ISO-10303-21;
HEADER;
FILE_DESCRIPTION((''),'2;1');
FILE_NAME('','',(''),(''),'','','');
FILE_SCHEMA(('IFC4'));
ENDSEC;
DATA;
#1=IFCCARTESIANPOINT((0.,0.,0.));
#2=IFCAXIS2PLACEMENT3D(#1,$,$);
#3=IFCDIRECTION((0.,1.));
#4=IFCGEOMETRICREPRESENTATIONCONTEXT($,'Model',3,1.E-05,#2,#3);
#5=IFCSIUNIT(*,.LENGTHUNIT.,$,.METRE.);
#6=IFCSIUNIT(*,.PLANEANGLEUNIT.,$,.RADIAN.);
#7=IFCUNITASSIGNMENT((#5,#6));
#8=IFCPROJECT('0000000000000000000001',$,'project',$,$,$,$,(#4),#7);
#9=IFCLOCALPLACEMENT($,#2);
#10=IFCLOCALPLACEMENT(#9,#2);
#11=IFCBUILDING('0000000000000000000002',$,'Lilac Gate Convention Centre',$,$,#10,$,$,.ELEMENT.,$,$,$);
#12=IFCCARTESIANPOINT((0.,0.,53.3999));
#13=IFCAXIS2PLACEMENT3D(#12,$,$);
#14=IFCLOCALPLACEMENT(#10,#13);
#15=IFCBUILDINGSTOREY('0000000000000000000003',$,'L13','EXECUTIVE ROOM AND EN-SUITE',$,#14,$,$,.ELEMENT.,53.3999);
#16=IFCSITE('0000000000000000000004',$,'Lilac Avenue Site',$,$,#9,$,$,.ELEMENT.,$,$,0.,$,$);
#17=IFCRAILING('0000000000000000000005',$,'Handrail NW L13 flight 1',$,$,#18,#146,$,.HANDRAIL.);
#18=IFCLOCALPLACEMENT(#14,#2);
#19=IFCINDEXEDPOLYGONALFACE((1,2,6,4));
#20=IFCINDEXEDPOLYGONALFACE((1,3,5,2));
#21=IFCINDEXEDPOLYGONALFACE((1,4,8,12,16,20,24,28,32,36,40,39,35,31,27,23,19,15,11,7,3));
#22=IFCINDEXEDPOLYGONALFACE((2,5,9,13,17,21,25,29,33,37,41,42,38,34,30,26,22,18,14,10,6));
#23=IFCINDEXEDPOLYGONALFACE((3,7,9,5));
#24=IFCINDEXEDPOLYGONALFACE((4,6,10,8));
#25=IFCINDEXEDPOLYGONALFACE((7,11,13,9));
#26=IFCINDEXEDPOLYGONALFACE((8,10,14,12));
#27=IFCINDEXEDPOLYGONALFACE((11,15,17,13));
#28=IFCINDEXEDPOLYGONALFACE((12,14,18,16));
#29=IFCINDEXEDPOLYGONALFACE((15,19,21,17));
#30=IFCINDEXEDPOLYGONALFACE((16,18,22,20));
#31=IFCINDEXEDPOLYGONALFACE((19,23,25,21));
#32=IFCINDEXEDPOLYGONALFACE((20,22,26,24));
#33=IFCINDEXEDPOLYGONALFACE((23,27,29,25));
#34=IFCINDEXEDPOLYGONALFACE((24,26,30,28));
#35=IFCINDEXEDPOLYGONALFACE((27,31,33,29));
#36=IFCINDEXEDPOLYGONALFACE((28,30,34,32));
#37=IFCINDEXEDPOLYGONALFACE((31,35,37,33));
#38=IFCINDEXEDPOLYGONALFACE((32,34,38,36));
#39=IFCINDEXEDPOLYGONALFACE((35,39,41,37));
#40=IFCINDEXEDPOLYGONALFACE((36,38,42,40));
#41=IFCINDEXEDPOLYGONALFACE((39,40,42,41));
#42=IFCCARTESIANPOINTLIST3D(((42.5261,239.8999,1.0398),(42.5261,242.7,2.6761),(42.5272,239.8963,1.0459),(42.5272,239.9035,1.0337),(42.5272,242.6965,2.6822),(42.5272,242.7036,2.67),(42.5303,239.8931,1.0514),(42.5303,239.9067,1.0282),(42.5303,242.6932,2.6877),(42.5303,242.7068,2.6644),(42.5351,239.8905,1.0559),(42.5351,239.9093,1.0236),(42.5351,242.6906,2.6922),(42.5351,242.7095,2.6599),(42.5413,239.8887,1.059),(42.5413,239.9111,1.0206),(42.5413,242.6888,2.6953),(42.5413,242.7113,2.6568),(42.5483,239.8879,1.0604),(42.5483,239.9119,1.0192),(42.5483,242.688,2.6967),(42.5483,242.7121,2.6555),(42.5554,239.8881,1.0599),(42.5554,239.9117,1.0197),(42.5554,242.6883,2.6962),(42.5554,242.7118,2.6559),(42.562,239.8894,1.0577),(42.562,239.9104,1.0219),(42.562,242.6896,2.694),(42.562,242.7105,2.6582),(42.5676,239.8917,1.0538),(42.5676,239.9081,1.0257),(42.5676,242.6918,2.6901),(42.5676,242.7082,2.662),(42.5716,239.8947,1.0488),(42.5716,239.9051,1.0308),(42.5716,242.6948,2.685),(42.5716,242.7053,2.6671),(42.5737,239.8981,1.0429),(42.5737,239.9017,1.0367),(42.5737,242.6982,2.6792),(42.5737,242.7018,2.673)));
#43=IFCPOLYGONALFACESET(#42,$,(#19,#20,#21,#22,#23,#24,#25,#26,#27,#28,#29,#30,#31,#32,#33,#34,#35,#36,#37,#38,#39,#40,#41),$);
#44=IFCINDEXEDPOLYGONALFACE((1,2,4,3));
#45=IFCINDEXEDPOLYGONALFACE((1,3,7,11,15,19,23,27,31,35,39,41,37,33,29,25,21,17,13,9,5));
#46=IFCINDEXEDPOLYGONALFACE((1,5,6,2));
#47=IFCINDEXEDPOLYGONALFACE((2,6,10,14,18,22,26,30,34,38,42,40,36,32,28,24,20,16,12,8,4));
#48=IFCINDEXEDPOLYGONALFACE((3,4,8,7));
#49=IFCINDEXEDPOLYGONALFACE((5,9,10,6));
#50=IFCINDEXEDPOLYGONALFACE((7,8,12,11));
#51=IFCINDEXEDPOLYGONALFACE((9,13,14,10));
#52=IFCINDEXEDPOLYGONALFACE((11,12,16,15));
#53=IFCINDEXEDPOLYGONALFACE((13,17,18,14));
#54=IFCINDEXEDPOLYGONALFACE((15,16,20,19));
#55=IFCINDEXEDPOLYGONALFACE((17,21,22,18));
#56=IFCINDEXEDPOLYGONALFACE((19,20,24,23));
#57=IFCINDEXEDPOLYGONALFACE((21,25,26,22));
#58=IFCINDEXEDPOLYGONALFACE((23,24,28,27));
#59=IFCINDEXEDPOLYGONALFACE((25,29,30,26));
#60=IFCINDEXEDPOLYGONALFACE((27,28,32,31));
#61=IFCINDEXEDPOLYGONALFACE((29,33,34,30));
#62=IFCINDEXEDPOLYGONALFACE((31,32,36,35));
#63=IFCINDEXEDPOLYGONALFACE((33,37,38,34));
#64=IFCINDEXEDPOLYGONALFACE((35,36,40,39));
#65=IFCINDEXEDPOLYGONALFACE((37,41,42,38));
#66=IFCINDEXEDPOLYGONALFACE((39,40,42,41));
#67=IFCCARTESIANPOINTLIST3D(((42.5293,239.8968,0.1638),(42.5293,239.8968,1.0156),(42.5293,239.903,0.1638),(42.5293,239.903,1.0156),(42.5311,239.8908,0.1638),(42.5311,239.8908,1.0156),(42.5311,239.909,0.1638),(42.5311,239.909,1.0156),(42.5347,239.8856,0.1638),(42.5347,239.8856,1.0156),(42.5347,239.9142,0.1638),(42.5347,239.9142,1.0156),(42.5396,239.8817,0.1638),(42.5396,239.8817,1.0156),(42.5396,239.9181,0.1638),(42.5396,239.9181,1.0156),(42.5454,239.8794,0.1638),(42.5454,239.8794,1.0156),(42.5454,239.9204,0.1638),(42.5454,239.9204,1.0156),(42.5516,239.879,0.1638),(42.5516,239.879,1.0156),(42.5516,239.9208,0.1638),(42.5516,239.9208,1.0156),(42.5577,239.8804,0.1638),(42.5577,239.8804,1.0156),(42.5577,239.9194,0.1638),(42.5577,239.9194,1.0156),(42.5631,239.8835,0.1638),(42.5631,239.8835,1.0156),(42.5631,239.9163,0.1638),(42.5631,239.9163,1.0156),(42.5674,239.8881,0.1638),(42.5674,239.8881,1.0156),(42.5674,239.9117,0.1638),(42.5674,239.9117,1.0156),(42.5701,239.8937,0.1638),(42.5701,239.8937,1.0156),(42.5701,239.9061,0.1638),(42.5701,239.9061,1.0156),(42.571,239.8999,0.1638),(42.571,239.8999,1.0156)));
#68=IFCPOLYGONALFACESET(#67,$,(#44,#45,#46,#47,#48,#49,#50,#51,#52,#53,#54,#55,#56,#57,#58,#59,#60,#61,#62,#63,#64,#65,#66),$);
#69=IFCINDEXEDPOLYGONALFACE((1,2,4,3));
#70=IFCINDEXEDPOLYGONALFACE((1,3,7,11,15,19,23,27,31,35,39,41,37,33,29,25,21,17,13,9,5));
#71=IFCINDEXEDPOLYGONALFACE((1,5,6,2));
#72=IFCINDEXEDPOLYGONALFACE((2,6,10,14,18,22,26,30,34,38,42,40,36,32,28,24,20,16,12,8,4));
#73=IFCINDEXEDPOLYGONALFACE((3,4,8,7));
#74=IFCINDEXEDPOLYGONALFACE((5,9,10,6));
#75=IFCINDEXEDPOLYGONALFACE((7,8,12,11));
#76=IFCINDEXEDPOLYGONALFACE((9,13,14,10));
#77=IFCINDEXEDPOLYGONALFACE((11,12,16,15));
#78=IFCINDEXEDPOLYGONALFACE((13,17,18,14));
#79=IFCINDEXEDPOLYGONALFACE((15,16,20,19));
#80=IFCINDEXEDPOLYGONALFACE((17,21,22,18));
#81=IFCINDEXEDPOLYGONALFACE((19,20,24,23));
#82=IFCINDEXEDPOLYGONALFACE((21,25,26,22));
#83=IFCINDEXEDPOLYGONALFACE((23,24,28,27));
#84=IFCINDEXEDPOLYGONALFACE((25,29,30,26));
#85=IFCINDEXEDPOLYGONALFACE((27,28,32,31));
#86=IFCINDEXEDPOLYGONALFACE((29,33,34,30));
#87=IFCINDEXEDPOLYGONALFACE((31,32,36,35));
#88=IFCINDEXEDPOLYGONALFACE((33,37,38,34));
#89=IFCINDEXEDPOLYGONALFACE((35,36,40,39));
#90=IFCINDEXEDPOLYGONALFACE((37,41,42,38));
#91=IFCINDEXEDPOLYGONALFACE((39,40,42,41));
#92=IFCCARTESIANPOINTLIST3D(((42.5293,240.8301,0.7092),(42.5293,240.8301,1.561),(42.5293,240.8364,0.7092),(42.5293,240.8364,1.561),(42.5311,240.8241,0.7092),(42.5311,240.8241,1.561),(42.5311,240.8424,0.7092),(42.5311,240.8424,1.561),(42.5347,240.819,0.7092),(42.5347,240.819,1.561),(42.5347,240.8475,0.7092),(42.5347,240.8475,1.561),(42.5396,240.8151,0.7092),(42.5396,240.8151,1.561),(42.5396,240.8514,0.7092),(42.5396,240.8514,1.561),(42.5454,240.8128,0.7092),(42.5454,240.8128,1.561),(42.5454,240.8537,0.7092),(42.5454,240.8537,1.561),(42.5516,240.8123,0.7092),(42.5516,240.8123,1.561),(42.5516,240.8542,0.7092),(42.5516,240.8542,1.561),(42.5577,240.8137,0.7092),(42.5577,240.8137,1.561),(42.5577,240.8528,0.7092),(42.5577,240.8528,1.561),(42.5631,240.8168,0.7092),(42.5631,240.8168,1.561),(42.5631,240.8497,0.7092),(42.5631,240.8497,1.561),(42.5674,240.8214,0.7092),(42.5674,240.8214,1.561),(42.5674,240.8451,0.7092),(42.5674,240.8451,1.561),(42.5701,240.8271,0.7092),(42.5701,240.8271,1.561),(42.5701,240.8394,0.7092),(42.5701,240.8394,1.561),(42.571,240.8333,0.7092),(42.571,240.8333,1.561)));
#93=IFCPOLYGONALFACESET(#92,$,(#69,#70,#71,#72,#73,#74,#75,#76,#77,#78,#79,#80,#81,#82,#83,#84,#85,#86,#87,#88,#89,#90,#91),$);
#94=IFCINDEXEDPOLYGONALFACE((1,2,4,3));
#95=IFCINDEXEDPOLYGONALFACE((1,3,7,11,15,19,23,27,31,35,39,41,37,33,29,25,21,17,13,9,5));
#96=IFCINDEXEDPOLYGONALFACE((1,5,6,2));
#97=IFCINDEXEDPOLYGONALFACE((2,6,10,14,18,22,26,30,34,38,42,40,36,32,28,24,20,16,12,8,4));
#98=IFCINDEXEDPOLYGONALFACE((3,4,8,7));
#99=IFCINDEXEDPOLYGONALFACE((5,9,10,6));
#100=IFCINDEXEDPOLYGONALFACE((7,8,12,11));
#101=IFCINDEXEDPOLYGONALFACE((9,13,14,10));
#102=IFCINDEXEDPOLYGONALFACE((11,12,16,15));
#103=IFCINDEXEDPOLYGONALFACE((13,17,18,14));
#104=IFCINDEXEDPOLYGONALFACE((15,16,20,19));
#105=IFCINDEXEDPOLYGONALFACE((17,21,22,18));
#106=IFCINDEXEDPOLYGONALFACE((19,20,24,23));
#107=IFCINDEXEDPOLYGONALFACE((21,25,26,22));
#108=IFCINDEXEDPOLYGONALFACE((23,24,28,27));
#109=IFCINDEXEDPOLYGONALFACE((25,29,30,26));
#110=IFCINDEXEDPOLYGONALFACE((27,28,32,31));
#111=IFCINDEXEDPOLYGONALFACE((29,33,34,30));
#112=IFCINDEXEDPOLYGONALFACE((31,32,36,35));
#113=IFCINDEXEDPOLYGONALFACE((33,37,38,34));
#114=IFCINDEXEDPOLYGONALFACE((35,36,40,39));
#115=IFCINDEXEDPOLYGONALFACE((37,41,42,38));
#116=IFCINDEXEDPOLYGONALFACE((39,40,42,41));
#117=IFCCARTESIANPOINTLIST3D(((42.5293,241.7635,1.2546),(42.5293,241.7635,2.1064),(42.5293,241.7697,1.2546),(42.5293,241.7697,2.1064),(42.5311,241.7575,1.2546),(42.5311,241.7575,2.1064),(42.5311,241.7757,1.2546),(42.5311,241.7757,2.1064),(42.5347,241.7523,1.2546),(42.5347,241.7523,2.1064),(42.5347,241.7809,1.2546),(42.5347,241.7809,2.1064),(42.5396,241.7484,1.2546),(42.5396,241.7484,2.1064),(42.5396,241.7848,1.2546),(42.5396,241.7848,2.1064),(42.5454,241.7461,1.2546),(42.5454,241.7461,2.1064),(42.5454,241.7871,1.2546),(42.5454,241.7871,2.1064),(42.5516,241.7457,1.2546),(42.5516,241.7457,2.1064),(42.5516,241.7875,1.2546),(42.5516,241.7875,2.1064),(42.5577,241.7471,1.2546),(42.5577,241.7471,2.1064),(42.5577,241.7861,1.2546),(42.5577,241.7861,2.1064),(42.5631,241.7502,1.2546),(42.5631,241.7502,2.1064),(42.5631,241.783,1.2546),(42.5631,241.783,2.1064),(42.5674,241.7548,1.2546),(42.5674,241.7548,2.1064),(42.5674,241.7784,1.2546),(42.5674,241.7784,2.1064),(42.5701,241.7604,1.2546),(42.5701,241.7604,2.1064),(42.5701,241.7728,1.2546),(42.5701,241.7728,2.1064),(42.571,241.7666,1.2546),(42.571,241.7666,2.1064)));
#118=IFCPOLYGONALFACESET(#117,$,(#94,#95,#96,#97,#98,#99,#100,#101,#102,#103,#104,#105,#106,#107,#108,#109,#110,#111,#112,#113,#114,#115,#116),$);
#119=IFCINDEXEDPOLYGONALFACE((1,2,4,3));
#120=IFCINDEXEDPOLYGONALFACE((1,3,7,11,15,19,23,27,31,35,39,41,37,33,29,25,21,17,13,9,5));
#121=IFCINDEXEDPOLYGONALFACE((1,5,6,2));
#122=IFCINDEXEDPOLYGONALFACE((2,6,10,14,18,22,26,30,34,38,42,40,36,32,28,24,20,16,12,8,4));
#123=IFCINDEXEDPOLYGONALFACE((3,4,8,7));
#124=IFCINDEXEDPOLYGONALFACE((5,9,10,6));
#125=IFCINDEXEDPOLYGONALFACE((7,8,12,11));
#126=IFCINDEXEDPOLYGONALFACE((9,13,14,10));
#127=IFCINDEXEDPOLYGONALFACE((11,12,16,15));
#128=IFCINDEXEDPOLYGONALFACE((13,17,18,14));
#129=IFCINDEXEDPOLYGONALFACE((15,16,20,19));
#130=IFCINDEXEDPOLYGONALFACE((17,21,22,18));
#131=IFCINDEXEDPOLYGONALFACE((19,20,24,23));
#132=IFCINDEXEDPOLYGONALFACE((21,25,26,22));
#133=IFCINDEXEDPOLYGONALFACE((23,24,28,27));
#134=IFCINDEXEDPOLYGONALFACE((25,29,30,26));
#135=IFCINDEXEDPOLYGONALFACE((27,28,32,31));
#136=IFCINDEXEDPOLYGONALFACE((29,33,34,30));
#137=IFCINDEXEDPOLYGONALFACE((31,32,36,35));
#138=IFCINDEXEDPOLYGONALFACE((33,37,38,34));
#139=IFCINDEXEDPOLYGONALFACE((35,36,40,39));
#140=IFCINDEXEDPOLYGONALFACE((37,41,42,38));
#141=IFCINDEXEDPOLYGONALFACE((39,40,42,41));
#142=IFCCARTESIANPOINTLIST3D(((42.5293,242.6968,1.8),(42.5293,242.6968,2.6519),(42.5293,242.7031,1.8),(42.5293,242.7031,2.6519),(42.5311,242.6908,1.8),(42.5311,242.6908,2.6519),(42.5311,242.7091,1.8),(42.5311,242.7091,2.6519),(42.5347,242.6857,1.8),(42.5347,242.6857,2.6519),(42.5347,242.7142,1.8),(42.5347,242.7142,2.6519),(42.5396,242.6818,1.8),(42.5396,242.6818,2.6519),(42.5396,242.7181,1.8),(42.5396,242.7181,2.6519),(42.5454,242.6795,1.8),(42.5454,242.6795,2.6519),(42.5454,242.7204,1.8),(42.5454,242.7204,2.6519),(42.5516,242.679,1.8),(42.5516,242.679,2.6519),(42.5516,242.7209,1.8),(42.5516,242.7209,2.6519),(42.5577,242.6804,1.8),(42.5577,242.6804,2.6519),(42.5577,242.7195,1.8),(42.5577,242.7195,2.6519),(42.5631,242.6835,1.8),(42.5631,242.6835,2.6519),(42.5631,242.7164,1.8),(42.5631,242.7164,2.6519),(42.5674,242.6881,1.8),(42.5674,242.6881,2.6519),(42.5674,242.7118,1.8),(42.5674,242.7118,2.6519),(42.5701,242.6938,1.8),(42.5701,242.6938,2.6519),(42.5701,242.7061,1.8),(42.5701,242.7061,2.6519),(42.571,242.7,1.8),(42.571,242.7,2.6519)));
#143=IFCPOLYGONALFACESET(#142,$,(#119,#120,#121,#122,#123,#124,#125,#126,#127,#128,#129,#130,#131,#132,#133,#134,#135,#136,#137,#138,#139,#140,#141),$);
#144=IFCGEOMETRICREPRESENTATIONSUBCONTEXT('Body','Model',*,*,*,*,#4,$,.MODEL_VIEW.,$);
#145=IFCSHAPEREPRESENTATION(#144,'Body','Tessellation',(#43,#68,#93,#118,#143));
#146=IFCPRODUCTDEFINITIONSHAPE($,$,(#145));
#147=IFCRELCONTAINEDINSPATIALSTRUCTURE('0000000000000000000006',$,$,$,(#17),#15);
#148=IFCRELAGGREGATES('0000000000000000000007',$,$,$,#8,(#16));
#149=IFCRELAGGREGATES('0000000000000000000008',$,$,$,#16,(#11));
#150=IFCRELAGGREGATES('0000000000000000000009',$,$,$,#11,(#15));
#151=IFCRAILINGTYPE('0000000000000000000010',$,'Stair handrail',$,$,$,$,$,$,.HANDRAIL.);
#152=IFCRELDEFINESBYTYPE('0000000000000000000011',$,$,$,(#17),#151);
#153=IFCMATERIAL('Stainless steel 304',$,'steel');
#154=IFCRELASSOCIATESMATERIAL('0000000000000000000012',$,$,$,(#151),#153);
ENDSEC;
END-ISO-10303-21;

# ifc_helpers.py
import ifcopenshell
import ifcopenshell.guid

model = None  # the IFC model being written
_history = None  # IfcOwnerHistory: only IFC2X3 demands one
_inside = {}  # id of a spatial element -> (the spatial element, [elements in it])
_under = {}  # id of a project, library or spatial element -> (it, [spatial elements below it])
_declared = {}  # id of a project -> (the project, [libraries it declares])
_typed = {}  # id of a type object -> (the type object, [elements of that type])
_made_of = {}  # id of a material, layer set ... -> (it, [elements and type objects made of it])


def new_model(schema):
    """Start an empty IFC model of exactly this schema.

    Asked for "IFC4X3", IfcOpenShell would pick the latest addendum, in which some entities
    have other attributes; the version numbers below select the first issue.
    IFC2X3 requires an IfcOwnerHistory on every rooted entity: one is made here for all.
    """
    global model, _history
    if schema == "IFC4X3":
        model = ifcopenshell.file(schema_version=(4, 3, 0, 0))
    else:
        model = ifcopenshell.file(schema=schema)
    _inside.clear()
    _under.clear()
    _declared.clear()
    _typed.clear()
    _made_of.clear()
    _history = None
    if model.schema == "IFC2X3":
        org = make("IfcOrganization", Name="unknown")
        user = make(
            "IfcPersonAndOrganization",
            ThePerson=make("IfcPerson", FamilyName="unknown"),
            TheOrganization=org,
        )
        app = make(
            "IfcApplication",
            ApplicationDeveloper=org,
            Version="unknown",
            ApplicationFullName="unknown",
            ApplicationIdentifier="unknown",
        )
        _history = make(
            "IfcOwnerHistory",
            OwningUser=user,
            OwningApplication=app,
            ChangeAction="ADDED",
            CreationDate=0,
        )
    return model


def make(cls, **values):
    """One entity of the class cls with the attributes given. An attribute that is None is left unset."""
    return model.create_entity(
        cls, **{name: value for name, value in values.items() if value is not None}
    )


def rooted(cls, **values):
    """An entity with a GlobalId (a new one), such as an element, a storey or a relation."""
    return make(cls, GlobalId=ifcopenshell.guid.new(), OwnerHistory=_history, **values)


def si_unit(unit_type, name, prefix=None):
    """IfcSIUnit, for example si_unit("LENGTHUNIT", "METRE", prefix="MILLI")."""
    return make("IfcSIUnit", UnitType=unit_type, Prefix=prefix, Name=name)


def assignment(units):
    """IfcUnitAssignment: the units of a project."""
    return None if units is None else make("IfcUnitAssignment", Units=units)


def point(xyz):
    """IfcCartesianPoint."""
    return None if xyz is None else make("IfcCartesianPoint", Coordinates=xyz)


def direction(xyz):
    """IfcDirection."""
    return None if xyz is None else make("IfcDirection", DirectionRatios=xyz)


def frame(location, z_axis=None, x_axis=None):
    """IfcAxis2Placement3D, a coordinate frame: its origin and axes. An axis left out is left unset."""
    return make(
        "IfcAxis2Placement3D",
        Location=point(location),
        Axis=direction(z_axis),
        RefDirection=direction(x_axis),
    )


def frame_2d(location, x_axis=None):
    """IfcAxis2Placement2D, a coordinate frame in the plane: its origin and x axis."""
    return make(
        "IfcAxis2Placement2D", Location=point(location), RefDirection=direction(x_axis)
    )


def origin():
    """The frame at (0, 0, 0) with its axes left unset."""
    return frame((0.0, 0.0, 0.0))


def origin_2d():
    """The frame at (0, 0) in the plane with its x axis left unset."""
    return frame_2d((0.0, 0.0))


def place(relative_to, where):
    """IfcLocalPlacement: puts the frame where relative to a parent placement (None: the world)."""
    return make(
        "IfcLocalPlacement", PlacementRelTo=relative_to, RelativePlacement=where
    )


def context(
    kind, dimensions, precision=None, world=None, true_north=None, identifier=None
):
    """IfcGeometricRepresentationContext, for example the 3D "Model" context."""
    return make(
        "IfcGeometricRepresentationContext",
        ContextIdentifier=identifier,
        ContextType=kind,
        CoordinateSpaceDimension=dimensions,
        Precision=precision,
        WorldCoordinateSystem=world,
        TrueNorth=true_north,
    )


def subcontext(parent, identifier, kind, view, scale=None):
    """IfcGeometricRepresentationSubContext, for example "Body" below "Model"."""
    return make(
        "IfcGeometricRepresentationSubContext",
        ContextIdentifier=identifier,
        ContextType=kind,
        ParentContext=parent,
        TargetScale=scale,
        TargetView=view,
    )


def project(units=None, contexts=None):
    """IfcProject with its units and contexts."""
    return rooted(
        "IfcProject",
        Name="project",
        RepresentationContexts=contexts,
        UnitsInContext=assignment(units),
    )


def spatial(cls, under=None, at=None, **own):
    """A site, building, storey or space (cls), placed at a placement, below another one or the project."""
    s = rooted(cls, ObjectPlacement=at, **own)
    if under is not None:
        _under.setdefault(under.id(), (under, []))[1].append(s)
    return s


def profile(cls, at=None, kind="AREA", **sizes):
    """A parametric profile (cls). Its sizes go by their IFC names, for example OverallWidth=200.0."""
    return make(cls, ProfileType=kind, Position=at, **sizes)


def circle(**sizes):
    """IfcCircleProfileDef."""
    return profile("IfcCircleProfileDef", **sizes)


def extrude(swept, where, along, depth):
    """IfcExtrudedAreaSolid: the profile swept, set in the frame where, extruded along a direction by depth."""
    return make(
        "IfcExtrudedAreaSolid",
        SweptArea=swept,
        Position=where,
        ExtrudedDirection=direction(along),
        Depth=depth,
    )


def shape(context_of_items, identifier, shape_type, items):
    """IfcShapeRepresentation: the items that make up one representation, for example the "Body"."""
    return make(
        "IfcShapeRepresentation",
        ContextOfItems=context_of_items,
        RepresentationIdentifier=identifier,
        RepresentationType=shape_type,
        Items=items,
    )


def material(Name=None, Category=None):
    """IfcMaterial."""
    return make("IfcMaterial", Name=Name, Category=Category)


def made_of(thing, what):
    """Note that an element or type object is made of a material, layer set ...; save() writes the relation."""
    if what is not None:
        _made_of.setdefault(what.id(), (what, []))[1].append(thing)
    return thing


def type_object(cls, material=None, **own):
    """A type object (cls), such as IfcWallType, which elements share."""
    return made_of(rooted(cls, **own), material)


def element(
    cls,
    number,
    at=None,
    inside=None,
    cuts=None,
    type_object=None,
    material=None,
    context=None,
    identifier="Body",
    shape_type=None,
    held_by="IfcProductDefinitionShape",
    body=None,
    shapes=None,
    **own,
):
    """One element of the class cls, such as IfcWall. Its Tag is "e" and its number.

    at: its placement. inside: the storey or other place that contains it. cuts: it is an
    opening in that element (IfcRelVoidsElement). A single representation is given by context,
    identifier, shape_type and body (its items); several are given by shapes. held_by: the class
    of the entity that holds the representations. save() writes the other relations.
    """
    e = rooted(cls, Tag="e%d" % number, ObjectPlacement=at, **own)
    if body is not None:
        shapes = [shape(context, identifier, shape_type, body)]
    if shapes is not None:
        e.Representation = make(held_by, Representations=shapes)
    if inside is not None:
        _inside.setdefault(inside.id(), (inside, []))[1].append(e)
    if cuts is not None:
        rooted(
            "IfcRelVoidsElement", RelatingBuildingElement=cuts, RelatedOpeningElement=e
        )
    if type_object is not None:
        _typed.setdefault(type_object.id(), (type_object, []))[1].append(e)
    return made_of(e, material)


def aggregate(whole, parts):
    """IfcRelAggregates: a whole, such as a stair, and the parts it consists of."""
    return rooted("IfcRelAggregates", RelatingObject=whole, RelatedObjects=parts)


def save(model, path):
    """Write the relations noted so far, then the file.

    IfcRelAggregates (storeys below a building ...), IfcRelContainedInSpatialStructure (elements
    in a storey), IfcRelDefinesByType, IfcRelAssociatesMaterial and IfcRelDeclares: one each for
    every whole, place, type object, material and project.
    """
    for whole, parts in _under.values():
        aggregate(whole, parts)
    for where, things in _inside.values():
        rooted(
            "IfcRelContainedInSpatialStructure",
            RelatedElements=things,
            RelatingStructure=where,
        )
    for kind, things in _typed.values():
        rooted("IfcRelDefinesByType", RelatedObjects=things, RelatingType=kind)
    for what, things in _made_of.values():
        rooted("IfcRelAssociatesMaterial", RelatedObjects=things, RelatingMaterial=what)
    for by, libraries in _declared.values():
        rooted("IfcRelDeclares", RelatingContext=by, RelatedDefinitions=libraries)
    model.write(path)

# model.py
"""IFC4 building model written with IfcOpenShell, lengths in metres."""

from ifc_helpers import new_model, si_unit, direction, frame, origin, origin_2d, place, context, subcontext, project, spatial, circle, extrude, material, type_object, element, save


model = new_model("IFC4")

# Units and contexts
model_context = context("Model", 3, precision=1e-05, world=origin(), true_north=direction((0.0, 1.0)))
body_context = subcontext(model_context, "Body", "Model", "MODEL_VIEW")
ifc_project = project(units=[si_unit("LENGTHUNIT", "METRE"), si_unit("PLANEANGLEUNIT", "RADIAN")], contexts=[model_context])

# Site, building, storey
site_placement = place(None, origin())
site = spatial("IfcSite", under=ifc_project, at=site_placement, Name="Lilac Avenue Site", CompositionType="ELEMENT", RefElevation=0.0)
building_placement = place(site_placement, origin())
building = spatial("IfcBuilding", under=site, at=building_placement, Name="Lilac Gate Convention Centre", CompositionType="ELEMENT")
storey_placement = place(building_placement, frame((0.0, 0.0, 53.3999)))
storey = spatial("IfcBuildingStorey", under=building, at=storey_placement, Name="L13", Description="EXECUTIVE ROOM AND EN-SUITE", CompositionType="ELEMENT", Elevation=53.3999)

# Railing
ifc_material_1 = material(Name="Stainless steel 304", Category="steel")
railing_type = type_object("IfcRailingType", Name="Stair handrail", PredefinedType="HANDRAIL", material=ifc_material_1)
for number, where, name in (
    (1, (42.55, 239.8999, 0.1638), "Handrail NW L13 flight 1"),
):
    element("IfcRailing", number, at=place(storey_placement, frame(where)), inside=storey, type_object=railing_type, Name=name, PredefinedType="HANDRAIL", context=body_context, shape_type="SweptSolid", body=[
        extrude(circle(Radius=0.0239, at=origin_2d()), frame((0.0, 0.0, 0.876), z_axis=(0.0, 0.863394, 0.504531), x_axis=(-1.0, 0.0, 0.0)), (0.0, 0.0, 1.0), 3.2432),
        extrude(circle(Radius=0.021, at=origin_2d()), origin(), (0.0, 0.0, 1.0), 0.8518),
        extrude(circle(Radius=0.021, at=origin_2d()), frame((0.0, 0.9333, 0.5454)), (0.0, 0.0, 1.0), 0.8518),
        extrude(circle(Radius=0.021, at=origin_2d()), frame((0.0, 1.8667, 1.0908)), (0.0, 0.0, 1.0), 0.8518),
        extrude(circle(Radius=0.021, at=origin_2d()), frame((0.0, 2.8, 1.6362)), (0.0, 0.0, 1.0), 0.8518),
    ])

save(model, "model.ifc")
